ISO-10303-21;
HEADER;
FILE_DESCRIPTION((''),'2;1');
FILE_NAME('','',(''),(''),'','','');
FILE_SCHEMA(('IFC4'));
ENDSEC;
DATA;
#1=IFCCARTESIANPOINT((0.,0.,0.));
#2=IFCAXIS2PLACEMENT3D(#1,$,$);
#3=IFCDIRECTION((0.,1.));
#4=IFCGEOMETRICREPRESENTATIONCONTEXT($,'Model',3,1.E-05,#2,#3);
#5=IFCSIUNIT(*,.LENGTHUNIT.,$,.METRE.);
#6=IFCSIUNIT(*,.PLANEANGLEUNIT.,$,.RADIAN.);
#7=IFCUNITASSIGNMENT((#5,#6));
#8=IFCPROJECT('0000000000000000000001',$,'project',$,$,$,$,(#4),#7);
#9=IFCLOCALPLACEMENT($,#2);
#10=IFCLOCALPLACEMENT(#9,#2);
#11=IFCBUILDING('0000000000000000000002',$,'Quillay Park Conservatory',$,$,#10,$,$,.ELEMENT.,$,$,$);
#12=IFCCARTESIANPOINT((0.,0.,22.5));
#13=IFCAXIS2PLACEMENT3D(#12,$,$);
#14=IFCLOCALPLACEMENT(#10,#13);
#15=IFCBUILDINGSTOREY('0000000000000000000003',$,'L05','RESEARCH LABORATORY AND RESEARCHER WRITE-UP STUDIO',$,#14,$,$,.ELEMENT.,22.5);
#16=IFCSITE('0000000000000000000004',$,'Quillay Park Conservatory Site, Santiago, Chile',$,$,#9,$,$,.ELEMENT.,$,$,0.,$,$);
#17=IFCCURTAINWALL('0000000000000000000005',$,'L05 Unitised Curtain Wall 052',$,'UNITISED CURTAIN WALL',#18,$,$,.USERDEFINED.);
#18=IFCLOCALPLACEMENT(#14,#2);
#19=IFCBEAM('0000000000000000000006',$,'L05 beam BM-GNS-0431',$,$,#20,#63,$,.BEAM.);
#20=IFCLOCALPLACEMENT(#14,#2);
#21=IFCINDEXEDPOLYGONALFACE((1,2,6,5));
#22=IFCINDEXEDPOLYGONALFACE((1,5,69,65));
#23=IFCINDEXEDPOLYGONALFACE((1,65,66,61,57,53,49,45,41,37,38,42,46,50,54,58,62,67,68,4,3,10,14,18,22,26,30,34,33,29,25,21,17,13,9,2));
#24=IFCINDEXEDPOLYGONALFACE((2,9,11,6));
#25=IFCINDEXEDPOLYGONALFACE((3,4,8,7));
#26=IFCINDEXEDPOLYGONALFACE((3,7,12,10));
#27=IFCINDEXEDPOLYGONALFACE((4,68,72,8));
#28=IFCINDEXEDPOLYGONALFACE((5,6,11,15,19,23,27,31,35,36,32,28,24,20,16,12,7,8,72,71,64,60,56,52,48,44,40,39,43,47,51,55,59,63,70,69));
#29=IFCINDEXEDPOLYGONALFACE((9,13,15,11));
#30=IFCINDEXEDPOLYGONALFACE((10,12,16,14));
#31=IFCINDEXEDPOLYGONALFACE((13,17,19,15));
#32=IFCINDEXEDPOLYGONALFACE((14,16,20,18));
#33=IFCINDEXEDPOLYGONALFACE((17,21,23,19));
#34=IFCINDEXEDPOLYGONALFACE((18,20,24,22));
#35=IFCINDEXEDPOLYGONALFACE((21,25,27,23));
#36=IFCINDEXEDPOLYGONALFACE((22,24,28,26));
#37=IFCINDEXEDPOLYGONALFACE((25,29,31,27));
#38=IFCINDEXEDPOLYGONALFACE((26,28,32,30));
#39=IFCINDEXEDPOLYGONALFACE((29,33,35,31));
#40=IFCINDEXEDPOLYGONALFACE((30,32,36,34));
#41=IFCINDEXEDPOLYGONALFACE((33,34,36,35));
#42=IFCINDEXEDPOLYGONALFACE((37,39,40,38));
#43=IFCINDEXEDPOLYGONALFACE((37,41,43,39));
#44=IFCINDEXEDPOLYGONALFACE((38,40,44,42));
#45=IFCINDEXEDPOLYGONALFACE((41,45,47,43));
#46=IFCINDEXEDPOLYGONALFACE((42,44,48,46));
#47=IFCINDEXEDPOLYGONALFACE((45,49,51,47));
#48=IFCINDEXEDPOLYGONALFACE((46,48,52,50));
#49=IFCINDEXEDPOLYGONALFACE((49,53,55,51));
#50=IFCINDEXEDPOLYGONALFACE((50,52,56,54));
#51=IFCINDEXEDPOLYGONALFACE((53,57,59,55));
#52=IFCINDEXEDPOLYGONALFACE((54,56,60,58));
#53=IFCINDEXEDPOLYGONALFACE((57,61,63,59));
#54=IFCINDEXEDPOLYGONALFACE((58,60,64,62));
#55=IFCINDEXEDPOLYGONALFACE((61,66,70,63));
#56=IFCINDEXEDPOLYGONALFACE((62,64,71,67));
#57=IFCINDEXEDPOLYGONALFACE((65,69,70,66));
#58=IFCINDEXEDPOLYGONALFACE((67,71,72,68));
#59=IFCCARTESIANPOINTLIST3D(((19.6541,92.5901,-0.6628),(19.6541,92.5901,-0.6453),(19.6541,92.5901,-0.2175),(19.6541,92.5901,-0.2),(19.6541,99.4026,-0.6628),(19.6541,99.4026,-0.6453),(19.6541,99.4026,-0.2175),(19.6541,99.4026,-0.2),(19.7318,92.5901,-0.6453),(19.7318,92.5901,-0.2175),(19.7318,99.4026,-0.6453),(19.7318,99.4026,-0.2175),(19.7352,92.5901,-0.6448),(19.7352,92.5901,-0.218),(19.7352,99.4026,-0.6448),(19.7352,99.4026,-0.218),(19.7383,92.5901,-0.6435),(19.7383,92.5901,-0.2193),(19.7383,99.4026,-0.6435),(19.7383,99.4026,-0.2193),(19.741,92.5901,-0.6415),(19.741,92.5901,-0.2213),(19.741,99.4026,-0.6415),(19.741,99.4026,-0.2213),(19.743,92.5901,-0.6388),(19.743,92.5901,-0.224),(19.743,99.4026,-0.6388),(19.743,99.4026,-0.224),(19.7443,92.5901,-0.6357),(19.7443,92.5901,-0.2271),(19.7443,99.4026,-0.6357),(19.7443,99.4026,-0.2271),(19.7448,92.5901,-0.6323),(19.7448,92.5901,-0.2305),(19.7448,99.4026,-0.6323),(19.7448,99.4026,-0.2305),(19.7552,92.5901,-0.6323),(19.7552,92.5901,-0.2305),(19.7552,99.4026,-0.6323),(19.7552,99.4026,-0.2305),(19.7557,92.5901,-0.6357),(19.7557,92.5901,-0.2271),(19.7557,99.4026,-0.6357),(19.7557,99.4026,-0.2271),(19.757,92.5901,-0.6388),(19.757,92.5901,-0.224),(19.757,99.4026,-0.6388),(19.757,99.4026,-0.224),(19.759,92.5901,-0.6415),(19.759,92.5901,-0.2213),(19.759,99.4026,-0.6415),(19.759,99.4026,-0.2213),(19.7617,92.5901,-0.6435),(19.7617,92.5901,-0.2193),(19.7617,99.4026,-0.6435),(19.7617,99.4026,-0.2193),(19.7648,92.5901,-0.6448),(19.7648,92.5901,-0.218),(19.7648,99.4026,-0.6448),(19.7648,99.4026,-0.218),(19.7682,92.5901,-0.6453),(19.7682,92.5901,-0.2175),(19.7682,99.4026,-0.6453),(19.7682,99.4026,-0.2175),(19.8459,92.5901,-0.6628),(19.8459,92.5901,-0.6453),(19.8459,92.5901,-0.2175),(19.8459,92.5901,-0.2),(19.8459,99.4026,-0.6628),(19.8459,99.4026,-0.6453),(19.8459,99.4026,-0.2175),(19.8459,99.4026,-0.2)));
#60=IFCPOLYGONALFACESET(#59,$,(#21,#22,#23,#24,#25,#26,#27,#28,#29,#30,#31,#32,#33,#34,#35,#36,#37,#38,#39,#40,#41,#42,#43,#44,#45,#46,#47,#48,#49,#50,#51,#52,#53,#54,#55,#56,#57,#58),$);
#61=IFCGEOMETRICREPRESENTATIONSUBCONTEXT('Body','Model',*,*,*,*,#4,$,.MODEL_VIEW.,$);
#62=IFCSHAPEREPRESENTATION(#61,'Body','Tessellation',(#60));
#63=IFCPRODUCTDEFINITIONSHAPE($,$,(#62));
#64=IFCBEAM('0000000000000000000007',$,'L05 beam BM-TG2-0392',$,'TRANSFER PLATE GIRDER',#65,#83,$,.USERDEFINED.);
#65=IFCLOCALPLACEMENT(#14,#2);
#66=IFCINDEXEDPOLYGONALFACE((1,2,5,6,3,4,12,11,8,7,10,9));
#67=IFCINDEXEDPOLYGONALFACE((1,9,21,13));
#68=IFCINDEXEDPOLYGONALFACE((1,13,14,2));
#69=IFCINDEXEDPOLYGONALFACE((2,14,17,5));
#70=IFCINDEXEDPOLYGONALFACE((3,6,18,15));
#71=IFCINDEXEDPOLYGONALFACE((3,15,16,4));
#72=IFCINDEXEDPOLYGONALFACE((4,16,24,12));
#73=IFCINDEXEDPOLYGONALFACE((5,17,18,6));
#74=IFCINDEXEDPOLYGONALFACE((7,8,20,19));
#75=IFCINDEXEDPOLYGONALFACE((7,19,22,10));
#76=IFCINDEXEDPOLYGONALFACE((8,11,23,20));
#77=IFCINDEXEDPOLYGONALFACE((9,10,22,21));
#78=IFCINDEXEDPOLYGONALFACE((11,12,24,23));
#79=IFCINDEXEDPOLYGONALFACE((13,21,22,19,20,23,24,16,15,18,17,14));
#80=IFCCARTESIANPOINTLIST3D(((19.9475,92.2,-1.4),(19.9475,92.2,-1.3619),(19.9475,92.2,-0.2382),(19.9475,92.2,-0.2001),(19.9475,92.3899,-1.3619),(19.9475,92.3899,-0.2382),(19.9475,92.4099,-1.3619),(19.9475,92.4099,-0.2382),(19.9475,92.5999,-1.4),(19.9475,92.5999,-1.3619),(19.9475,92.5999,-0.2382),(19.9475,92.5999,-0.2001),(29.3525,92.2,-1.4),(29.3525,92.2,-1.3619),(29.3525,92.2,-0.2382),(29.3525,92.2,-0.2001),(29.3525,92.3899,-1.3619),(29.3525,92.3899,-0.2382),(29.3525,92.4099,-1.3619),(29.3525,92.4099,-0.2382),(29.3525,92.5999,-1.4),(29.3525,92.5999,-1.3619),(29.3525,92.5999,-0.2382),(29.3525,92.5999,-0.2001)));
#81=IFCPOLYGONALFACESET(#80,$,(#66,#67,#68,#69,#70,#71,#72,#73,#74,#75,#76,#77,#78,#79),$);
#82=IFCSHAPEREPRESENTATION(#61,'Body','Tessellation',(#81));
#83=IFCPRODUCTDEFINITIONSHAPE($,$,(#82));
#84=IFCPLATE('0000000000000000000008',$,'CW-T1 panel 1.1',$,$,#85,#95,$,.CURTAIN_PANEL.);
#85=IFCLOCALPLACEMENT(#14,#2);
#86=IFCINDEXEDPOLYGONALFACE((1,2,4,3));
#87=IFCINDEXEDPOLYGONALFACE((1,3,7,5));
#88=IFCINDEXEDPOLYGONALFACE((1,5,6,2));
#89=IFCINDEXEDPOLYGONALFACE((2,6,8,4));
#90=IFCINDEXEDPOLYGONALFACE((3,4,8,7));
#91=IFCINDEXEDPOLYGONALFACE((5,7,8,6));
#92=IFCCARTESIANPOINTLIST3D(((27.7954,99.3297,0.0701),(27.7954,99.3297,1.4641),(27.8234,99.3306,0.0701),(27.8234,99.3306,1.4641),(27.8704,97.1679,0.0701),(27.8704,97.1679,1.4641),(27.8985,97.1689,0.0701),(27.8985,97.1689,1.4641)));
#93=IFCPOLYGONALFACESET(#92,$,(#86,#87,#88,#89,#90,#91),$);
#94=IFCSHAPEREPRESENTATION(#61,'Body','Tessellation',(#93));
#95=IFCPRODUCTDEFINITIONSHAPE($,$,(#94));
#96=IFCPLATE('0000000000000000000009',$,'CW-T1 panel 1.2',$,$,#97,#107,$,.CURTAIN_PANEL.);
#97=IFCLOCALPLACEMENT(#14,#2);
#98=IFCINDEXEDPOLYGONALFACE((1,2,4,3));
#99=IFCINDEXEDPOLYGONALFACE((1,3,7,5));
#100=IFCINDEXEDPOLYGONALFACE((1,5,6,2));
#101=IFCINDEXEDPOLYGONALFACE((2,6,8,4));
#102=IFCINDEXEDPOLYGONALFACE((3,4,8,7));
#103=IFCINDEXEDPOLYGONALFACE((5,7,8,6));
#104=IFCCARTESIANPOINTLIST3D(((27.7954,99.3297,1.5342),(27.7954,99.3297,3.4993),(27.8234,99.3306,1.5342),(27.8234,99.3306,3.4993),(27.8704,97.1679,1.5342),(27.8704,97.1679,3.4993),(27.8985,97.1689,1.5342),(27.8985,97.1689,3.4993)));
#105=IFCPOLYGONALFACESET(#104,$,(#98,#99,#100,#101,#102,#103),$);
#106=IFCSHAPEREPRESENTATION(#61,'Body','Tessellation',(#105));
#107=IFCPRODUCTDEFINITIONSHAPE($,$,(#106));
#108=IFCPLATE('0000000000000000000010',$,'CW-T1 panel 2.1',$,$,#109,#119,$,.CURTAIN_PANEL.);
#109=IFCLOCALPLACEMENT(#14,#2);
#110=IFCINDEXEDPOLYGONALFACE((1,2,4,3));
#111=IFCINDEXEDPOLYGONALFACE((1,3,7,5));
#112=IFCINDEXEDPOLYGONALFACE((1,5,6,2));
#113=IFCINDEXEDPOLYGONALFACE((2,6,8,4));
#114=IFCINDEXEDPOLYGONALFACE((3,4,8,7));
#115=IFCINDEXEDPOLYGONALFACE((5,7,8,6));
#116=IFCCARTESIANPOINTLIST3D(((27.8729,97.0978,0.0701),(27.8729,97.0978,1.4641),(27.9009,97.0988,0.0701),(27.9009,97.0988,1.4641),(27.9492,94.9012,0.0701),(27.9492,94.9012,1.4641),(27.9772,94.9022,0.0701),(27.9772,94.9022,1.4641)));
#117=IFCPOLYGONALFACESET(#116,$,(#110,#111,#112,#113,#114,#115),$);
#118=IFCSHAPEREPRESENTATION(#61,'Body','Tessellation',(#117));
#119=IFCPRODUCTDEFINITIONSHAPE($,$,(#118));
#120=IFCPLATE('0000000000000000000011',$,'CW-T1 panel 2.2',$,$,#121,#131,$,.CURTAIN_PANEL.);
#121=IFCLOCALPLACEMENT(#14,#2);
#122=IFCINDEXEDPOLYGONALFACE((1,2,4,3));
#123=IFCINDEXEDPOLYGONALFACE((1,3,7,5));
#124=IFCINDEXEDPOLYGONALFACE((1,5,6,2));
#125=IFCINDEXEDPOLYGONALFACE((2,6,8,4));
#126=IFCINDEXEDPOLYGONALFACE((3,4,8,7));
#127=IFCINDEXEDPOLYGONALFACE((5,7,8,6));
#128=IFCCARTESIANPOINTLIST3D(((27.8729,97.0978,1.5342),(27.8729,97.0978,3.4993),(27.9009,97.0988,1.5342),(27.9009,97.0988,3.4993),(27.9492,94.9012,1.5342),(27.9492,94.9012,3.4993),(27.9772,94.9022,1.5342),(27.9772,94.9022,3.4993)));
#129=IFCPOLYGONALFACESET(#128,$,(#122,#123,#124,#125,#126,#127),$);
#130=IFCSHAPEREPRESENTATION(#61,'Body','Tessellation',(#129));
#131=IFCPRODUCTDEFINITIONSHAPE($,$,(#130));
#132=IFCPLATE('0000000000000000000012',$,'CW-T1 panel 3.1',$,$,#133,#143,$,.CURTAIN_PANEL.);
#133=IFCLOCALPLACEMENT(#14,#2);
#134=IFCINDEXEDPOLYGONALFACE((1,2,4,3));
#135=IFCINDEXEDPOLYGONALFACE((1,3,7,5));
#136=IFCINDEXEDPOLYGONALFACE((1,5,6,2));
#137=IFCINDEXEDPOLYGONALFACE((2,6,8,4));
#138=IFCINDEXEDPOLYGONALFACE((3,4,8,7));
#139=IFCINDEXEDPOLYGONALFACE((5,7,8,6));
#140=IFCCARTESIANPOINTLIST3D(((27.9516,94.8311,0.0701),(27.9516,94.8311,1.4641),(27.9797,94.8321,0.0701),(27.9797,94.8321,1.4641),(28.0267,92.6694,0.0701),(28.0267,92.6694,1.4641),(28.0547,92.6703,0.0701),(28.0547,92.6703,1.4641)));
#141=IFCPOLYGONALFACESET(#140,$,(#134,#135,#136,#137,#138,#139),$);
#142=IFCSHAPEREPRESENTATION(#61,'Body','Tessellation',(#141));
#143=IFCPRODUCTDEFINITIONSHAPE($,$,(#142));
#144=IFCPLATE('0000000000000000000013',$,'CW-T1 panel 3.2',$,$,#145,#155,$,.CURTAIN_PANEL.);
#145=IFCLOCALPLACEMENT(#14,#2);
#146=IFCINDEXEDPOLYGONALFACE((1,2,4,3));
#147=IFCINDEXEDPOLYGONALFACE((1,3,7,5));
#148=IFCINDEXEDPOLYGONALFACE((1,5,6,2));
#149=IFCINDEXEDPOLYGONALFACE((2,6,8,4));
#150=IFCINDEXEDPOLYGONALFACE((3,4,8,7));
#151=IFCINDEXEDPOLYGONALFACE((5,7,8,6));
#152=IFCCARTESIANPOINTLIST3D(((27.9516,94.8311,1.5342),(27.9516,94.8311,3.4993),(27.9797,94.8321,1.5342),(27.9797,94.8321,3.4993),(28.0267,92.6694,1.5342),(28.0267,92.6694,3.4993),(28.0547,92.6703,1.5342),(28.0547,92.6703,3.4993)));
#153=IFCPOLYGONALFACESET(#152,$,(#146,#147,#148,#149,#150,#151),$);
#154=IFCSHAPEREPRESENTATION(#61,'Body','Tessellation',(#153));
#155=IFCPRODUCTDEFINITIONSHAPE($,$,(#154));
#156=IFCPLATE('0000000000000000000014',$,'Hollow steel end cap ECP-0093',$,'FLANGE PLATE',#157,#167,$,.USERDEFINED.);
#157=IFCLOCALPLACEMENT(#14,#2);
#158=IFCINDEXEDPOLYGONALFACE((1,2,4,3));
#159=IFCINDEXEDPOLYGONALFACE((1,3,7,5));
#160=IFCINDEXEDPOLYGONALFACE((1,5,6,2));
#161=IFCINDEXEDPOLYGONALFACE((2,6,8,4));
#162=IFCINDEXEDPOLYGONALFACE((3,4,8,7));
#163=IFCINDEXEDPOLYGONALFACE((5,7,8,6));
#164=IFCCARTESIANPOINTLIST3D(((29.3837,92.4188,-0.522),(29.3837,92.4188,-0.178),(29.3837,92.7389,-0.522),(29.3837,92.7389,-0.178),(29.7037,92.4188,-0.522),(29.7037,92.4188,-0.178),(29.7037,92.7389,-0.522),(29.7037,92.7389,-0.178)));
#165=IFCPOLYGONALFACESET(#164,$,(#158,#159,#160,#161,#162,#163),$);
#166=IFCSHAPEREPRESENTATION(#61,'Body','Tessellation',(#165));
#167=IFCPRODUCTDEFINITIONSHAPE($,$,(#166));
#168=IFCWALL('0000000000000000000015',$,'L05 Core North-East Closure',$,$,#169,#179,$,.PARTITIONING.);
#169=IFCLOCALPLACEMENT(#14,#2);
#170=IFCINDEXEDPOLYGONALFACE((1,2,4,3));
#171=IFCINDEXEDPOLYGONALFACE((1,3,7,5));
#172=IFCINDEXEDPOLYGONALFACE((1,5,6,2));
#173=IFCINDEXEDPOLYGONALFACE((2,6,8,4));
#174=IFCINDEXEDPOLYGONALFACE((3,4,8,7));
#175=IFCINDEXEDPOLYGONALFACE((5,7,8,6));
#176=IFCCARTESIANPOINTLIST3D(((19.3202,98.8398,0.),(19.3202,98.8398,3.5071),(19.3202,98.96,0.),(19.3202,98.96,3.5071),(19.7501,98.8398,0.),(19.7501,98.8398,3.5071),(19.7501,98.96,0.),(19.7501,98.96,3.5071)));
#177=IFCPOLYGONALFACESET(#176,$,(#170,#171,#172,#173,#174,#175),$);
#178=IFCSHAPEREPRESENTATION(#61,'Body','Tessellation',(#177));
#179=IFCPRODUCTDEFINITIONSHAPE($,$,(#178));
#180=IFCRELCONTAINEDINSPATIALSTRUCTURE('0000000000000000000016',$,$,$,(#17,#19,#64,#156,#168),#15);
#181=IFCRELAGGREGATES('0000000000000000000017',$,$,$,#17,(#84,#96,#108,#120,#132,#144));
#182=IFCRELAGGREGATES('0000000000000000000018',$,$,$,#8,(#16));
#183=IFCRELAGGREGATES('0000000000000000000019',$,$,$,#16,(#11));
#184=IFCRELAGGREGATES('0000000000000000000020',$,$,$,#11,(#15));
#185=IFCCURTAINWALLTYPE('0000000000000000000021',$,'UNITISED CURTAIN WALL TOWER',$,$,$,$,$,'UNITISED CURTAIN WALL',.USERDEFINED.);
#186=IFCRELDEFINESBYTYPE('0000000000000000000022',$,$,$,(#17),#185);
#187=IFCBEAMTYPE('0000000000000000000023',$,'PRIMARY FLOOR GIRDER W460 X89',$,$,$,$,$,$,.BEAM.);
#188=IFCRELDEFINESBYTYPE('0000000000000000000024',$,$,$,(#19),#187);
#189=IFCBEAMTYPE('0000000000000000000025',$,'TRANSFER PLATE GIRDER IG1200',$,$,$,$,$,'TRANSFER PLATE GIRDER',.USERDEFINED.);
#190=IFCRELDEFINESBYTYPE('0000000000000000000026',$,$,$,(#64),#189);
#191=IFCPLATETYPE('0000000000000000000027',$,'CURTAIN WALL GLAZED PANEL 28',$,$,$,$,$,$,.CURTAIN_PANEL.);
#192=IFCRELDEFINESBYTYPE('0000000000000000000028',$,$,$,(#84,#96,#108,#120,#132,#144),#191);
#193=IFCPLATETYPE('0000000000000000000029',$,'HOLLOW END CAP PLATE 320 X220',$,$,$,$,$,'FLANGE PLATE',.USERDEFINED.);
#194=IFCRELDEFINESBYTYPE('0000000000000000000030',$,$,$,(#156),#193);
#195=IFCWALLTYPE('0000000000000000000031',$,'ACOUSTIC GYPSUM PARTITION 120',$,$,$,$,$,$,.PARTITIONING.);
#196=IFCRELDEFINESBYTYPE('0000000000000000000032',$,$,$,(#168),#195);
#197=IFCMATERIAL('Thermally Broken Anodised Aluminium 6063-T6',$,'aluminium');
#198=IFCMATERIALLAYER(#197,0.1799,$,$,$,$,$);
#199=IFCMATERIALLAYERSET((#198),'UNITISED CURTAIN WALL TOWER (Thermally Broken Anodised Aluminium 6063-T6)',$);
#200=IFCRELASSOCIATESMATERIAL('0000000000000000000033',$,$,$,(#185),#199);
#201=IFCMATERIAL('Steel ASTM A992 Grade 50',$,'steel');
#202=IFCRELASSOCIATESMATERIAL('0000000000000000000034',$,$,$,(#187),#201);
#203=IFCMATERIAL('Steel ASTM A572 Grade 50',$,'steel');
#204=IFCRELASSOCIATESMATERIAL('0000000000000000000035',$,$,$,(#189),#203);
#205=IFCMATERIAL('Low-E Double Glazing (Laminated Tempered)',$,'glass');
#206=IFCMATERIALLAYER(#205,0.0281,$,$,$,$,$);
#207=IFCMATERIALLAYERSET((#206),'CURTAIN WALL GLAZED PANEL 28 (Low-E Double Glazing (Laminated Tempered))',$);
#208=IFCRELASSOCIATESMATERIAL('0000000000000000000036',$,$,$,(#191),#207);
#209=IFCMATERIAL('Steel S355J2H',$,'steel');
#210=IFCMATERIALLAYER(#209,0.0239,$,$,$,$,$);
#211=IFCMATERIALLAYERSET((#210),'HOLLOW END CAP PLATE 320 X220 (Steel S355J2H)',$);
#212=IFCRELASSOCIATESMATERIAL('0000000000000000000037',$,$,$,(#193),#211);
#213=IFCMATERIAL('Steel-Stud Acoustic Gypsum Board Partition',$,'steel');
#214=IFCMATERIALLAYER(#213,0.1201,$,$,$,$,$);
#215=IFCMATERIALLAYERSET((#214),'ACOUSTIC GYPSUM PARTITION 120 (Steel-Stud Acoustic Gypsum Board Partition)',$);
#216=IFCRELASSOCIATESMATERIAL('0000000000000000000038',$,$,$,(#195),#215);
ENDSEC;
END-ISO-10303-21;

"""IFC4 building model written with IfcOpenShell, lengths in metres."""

from ifc_helpers import new_model, si_unit, direction, frame, frame_2d, origin, origin_2d, place, context, subcontext, project, spatial, rectangle, i_section, extrude, material, layer, layer_set, material_profile, profile_set, type_object, element, aggregate, save


model = new_model("IFC4")

# Units and contexts
model_context = context("Model", 3, precision=1e-05, world=origin(), true_north=direction((0.0, 1.0)))
body_context = subcontext(model_context, "Body", "Model", "MODEL_VIEW")
ifc_project = project(units=[si_unit("LENGTHUNIT", "METRE"), si_unit("PLANEANGLEUNIT", "RADIAN")], contexts=[model_context])

# Site, building, storey
site_placement = place(None, origin())
site = spatial("IfcSite", under=ifc_project, at=site_placement, Name="Quillay Park Conservatory Site, Santiago, Chile", CompositionType="ELEMENT", RefElevation=0.0)
building_placement = place(site_placement, origin())
building = spatial("IfcBuilding", under=site, at=building_placement, Name="Quillay Park Conservatory", CompositionType="ELEMENT")
storey_placement = place(building_placement, frame((0.0, 0.0, 22.5)))
storey = spatial("IfcBuildingStorey", under=building, at=storey_placement, Name="L05", Description="RESEARCH LABORATORY AND RESEARCHER WRITE-UP STUDIO", CompositionType="ELEMENT", Elevation=22.5)

# Curtain wall
ifc_material_1 = material(Name="Thermally Broken Anodised Aluminium 6063-T6", Category="aluminium")
ifc_layer_1 = layer(ifc_material_1, 0.1799)
ifc_layer_set_1 = layer_set([ifc_layer_1], Name="UNITISED CURTAIN WALL TOWER (Thermally Broken Anodised Aluminium 6063-T6)")
curtain_wall_type = type_object("IfcCurtainWallType", Name="UNITISED CURTAIN WALL TOWER", ElementType="UNITISED CURTAIN WALL", PredefinedType="USERDEFINED", material=ifc_layer_set_1)
curtain_wall_placement = place(storey_placement, origin())
curtain_wall = element("IfcCurtainWall", 1, at=curtain_wall_placement, inside=storey, type_object=curtain_wall_type, Name="L05 Unitised Curtain Wall 052", ObjectType="UNITISED CURTAIN WALL", PredefinedType="USERDEFINED")

# Beams
ifc_material_2 = material(Name="Steel ASTM A992 Grade 50", Category="steel")
ifc_material_profile_1 = material_profile(ifc_material_2, i_section(OverallWidth=0.1919, OverallDepth=0.4629, WebThickness=0.0105, FlangeThickness=0.0176, FilletRadius=0.0129, at=origin_2d()), Name="W460x89")
ifc_profile_set_1 = profile_set([ifc_material_profile_1], Name="Steel ASTM A992 Grade 50")
beam_type_1 = type_object("IfcBeamType", Name="PRIMARY FLOOR GIRDER W460 X89", PredefinedType="BEAM", material=ifc_profile_set_1)
beam_1_placement = place(storey_placement, frame((19.75, 92.5901, -0.4314), z_axis=(0.0, 1.0, 0.0), x_axis=(-1.0, 0.0, 0.0)))
element("IfcBeam", 2, at=beam_1_placement, inside=storey, type_object=beam_type_1, Name="L05 beam BM-GNS-0431", PredefinedType="BEAM", context=body_context, shape_type="SweptSolid", body=[
    extrude(i_section(OverallWidth=0.1919, OverallDepth=0.4629, WebThickness=0.0105, FlangeThickness=0.0176, FilletRadius=0.0129, at=origin_2d()), origin(), (0.0, 0.0, 1.0), 6.8125),
])
ifc_material_3 = material(Name="Steel ASTM A572 Grade 50", Category="steel")
ifc_material_profile_2 = material_profile(ifc_material_3, i_section(OverallWidth=0.3999, OverallDepth=1.2, WebThickness=0.02, FlangeThickness=0.0381, at=origin_2d()), Name="IG1200x400")
ifc_profile_set_2 = profile_set([ifc_material_profile_2], Name="Steel ASTM A572 Grade 50")
beam_type_2 = type_object("IfcBeamType", Name="TRANSFER PLATE GIRDER IG1200", ElementType="TRANSFER PLATE GIRDER", PredefinedType="USERDEFINED", material=ifc_profile_set_2)
beam_2_placement = place(storey_placement, frame((19.9475, 92.3999, -0.8), z_axis=(1.0, 0.0, 0.0), x_axis=(0.0, 1.0, 0.0)))
element("IfcBeam", 3, at=beam_2_placement, inside=storey, type_object=beam_type_2, Name="L05 beam BM-TG2-0392", ObjectType="TRANSFER PLATE GIRDER", PredefinedType="USERDEFINED", context=body_context, shape_type="SweptSolid", body=[
    extrude(i_section(OverallWidth=0.3999, OverallDepth=1.2, WebThickness=0.02, FlangeThickness=0.0381, at=origin_2d()), origin(), (0.0, 0.0, 1.0), 9.405),
])

# Plates
ifc_material_4 = material(Name="Low-E Double Glazing (Laminated Tempered)", Category="glass")
ifc_layer_2 = layer(ifc_material_4, 0.0281)
ifc_layer_set_2 = layer_set([ifc_layer_2], Name="CURTAIN WALL GLAZED PANEL 28 (Low-E Double Glazing (Laminated Tempered))")
plate_type_1 = type_object("IfcPlateType", Name="CURTAIN WALL GLAZED PANEL 28", PredefinedType="CURTAIN_PANEL", material=ifc_layer_set_2)
plate_1_placement = place(storey_placement, frame((27.8469, 98.2493, 0.0701), z_axis=(0.0, 0.0, 1.0), x_axis=(0.034713, -0.999397, 0.0)))
plate_1 = element("IfcPlate", 4, at=plate_1_placement, type_object=plate_type_1, Name="CW-T1 panel 1.1", PredefinedType="CURTAIN_PANEL", context=body_context, shape_type="SweptSolid", body=[
    extrude(rectangle(XDim=2.1631, YDim=0.0281, at=origin_2d()), origin(), (0.0, 0.0, 1.0), 1.394),
])
plate_2_placement = place(storey_placement, frame((27.8469, 98.2493, 1.5342), z_axis=(0.0, 0.0, 1.0), x_axis=(0.034713, -0.999397, 0.0)))
plate_2 = element("IfcPlate", 5, at=plate_2_placement, type_object=plate_type_1, Name="CW-T1 panel 1.2", PredefinedType="CURTAIN_PANEL", context=body_context, shape_type="SweptSolid", body=[
    extrude(rectangle(XDim=2.1631, YDim=0.0281, at=origin_2d()), origin(), (0.0, 0.0, 1.0), 1.9651),
])
plate_3_placement = place(storey_placement, frame((27.925, 96.0, 0.0701), z_axis=(0.0, 0.0, 1.0), x_axis=(0.034713, -0.999397, 0.0)))
plate_3 = element("IfcPlate", 6, at=plate_3_placement, type_object=plate_type_1, Name="CW-T1 panel 2.1", PredefinedType="CURTAIN_PANEL", context=body_context, shape_type="SweptSolid", body=[
    extrude(rectangle(XDim=2.198, YDim=0.0281, at=origin_2d()), origin(), (0.0, 0.0, 1.0), 1.394),
])
plate_4_placement = place(storey_placement, frame((27.925, 96.0, 1.5342), z_axis=(0.0, 0.0, 1.0), x_axis=(0.034713, -0.999397, 0.0)))
plate_4 = element("IfcPlate", 7, at=plate_4_placement, type_object=plate_type_1, Name="CW-T1 panel 2.2", PredefinedType="CURTAIN_PANEL", context=body_context, shape_type="SweptSolid", body=[
    extrude(rectangle(XDim=2.198, YDim=0.0281, at=origin_2d()), origin(), (0.0, 0.0, 1.0), 1.9651),
])
plate_5_placement = place(storey_placement, frame((28.0032, 93.7507, 0.0701), z_axis=(0.0, 0.0, 1.0), x_axis=(0.034713, -0.999397, 0.0)))
plate_5 = element("IfcPlate", 8, at=plate_5_placement, type_object=plate_type_1, Name="CW-T1 panel 3.1", PredefinedType="CURTAIN_PANEL", context=body_context, shape_type="SweptSolid", body=[
    extrude(rectangle(XDim=2.1631, YDim=0.0281, at=origin_2d()), origin(), (0.0, 0.0, 1.0), 1.394),
])
plate_6_placement = place(storey_placement, frame((28.0032, 93.7507, 1.5342), z_axis=(0.0, 0.0, 1.0), x_axis=(0.034713, -0.999397, 0.0)))
plate_6 = element("IfcPlate", 9, at=plate_6_placement, type_object=plate_type_1, Name="CW-T1 panel 3.2", PredefinedType="CURTAIN_PANEL", context=body_context, shape_type="SweptSolid", body=[
    extrude(rectangle(XDim=2.1631, YDim=0.0281, at=origin_2d()), origin(), (0.0, 0.0, 1.0), 1.9651),
])
aggregate(curtain_wall, [plate_1, plate_2, plate_3, plate_4, plate_5, plate_6])
ifc_material_5 = material(Name="Steel S355J2H", Category="steel")
ifc_layer_3 = layer(ifc_material_5, 0.0239)
ifc_layer_set_3 = layer_set([ifc_layer_3], Name="HOLLOW END CAP PLATE 320 X220 (Steel S355J2H)")
plate_type_2 = type_object("IfcPlateType", Name="HOLLOW END CAP PLATE 320 X220", ElementType="FLANGE PLATE", PredefinedType="USERDEFINED", material=ifc_layer_set_3)
plate_7_placement = place(storey_placement, frame((29.5437, 92.5789, -0.522), z_axis=(0.0, 0.0, 1.0), x_axis=(1.0, 0.0, 0.0)))
element("IfcPlate", 10, at=plate_7_placement, inside=storey, type_object=plate_type_2, Name="Hollow steel end cap ECP-0093", ObjectType="FLANGE PLATE", PredefinedType="USERDEFINED", context=body_context, shape_type="SweptSolid", body=[
    extrude(rectangle(XDim=0.3201, YDim=0.3201, at=origin_2d()), origin(), (0.0, 0.0, 1.0), 0.344),
])

# Wall
ifc_material_6 = material(Name="Steel-Stud Acoustic Gypsum Board Partition", Category="steel")
ifc_layer_4 = layer(ifc_material_6, 0.1201)
ifc_layer_set_4 = layer_set([ifc_layer_4], Name="ACOUSTIC GYPSUM PARTITION 120 (Steel-Stud Acoustic Gypsum Board Partition)")
wall_type = type_object("IfcWallType", Name="ACOUSTIC GYPSUM PARTITION 120", PredefinedType="PARTITIONING", material=ifc_layer_set_4)
wall_placement = place(storey_placement, frame((19.75, 98.8999, 0.0), z_axis=(0.0, 0.0, 1.0), x_axis=(-1.0, 0.0, 0.0)))
element("IfcWall", 11, at=wall_placement, inside=storey, type_object=wall_type, Name="L05 Core North-East Closure", PredefinedType="PARTITIONING", context=body_context, shape_type="SweptSolid", body=[
    extrude(rectangle(XDim=0.4299, YDim=0.1201, at=frame_2d((0.2148, 0.0))), origin(), (0.0, 0.0, 1.0), 3.5071),
])

save(model, "model.ifc")
